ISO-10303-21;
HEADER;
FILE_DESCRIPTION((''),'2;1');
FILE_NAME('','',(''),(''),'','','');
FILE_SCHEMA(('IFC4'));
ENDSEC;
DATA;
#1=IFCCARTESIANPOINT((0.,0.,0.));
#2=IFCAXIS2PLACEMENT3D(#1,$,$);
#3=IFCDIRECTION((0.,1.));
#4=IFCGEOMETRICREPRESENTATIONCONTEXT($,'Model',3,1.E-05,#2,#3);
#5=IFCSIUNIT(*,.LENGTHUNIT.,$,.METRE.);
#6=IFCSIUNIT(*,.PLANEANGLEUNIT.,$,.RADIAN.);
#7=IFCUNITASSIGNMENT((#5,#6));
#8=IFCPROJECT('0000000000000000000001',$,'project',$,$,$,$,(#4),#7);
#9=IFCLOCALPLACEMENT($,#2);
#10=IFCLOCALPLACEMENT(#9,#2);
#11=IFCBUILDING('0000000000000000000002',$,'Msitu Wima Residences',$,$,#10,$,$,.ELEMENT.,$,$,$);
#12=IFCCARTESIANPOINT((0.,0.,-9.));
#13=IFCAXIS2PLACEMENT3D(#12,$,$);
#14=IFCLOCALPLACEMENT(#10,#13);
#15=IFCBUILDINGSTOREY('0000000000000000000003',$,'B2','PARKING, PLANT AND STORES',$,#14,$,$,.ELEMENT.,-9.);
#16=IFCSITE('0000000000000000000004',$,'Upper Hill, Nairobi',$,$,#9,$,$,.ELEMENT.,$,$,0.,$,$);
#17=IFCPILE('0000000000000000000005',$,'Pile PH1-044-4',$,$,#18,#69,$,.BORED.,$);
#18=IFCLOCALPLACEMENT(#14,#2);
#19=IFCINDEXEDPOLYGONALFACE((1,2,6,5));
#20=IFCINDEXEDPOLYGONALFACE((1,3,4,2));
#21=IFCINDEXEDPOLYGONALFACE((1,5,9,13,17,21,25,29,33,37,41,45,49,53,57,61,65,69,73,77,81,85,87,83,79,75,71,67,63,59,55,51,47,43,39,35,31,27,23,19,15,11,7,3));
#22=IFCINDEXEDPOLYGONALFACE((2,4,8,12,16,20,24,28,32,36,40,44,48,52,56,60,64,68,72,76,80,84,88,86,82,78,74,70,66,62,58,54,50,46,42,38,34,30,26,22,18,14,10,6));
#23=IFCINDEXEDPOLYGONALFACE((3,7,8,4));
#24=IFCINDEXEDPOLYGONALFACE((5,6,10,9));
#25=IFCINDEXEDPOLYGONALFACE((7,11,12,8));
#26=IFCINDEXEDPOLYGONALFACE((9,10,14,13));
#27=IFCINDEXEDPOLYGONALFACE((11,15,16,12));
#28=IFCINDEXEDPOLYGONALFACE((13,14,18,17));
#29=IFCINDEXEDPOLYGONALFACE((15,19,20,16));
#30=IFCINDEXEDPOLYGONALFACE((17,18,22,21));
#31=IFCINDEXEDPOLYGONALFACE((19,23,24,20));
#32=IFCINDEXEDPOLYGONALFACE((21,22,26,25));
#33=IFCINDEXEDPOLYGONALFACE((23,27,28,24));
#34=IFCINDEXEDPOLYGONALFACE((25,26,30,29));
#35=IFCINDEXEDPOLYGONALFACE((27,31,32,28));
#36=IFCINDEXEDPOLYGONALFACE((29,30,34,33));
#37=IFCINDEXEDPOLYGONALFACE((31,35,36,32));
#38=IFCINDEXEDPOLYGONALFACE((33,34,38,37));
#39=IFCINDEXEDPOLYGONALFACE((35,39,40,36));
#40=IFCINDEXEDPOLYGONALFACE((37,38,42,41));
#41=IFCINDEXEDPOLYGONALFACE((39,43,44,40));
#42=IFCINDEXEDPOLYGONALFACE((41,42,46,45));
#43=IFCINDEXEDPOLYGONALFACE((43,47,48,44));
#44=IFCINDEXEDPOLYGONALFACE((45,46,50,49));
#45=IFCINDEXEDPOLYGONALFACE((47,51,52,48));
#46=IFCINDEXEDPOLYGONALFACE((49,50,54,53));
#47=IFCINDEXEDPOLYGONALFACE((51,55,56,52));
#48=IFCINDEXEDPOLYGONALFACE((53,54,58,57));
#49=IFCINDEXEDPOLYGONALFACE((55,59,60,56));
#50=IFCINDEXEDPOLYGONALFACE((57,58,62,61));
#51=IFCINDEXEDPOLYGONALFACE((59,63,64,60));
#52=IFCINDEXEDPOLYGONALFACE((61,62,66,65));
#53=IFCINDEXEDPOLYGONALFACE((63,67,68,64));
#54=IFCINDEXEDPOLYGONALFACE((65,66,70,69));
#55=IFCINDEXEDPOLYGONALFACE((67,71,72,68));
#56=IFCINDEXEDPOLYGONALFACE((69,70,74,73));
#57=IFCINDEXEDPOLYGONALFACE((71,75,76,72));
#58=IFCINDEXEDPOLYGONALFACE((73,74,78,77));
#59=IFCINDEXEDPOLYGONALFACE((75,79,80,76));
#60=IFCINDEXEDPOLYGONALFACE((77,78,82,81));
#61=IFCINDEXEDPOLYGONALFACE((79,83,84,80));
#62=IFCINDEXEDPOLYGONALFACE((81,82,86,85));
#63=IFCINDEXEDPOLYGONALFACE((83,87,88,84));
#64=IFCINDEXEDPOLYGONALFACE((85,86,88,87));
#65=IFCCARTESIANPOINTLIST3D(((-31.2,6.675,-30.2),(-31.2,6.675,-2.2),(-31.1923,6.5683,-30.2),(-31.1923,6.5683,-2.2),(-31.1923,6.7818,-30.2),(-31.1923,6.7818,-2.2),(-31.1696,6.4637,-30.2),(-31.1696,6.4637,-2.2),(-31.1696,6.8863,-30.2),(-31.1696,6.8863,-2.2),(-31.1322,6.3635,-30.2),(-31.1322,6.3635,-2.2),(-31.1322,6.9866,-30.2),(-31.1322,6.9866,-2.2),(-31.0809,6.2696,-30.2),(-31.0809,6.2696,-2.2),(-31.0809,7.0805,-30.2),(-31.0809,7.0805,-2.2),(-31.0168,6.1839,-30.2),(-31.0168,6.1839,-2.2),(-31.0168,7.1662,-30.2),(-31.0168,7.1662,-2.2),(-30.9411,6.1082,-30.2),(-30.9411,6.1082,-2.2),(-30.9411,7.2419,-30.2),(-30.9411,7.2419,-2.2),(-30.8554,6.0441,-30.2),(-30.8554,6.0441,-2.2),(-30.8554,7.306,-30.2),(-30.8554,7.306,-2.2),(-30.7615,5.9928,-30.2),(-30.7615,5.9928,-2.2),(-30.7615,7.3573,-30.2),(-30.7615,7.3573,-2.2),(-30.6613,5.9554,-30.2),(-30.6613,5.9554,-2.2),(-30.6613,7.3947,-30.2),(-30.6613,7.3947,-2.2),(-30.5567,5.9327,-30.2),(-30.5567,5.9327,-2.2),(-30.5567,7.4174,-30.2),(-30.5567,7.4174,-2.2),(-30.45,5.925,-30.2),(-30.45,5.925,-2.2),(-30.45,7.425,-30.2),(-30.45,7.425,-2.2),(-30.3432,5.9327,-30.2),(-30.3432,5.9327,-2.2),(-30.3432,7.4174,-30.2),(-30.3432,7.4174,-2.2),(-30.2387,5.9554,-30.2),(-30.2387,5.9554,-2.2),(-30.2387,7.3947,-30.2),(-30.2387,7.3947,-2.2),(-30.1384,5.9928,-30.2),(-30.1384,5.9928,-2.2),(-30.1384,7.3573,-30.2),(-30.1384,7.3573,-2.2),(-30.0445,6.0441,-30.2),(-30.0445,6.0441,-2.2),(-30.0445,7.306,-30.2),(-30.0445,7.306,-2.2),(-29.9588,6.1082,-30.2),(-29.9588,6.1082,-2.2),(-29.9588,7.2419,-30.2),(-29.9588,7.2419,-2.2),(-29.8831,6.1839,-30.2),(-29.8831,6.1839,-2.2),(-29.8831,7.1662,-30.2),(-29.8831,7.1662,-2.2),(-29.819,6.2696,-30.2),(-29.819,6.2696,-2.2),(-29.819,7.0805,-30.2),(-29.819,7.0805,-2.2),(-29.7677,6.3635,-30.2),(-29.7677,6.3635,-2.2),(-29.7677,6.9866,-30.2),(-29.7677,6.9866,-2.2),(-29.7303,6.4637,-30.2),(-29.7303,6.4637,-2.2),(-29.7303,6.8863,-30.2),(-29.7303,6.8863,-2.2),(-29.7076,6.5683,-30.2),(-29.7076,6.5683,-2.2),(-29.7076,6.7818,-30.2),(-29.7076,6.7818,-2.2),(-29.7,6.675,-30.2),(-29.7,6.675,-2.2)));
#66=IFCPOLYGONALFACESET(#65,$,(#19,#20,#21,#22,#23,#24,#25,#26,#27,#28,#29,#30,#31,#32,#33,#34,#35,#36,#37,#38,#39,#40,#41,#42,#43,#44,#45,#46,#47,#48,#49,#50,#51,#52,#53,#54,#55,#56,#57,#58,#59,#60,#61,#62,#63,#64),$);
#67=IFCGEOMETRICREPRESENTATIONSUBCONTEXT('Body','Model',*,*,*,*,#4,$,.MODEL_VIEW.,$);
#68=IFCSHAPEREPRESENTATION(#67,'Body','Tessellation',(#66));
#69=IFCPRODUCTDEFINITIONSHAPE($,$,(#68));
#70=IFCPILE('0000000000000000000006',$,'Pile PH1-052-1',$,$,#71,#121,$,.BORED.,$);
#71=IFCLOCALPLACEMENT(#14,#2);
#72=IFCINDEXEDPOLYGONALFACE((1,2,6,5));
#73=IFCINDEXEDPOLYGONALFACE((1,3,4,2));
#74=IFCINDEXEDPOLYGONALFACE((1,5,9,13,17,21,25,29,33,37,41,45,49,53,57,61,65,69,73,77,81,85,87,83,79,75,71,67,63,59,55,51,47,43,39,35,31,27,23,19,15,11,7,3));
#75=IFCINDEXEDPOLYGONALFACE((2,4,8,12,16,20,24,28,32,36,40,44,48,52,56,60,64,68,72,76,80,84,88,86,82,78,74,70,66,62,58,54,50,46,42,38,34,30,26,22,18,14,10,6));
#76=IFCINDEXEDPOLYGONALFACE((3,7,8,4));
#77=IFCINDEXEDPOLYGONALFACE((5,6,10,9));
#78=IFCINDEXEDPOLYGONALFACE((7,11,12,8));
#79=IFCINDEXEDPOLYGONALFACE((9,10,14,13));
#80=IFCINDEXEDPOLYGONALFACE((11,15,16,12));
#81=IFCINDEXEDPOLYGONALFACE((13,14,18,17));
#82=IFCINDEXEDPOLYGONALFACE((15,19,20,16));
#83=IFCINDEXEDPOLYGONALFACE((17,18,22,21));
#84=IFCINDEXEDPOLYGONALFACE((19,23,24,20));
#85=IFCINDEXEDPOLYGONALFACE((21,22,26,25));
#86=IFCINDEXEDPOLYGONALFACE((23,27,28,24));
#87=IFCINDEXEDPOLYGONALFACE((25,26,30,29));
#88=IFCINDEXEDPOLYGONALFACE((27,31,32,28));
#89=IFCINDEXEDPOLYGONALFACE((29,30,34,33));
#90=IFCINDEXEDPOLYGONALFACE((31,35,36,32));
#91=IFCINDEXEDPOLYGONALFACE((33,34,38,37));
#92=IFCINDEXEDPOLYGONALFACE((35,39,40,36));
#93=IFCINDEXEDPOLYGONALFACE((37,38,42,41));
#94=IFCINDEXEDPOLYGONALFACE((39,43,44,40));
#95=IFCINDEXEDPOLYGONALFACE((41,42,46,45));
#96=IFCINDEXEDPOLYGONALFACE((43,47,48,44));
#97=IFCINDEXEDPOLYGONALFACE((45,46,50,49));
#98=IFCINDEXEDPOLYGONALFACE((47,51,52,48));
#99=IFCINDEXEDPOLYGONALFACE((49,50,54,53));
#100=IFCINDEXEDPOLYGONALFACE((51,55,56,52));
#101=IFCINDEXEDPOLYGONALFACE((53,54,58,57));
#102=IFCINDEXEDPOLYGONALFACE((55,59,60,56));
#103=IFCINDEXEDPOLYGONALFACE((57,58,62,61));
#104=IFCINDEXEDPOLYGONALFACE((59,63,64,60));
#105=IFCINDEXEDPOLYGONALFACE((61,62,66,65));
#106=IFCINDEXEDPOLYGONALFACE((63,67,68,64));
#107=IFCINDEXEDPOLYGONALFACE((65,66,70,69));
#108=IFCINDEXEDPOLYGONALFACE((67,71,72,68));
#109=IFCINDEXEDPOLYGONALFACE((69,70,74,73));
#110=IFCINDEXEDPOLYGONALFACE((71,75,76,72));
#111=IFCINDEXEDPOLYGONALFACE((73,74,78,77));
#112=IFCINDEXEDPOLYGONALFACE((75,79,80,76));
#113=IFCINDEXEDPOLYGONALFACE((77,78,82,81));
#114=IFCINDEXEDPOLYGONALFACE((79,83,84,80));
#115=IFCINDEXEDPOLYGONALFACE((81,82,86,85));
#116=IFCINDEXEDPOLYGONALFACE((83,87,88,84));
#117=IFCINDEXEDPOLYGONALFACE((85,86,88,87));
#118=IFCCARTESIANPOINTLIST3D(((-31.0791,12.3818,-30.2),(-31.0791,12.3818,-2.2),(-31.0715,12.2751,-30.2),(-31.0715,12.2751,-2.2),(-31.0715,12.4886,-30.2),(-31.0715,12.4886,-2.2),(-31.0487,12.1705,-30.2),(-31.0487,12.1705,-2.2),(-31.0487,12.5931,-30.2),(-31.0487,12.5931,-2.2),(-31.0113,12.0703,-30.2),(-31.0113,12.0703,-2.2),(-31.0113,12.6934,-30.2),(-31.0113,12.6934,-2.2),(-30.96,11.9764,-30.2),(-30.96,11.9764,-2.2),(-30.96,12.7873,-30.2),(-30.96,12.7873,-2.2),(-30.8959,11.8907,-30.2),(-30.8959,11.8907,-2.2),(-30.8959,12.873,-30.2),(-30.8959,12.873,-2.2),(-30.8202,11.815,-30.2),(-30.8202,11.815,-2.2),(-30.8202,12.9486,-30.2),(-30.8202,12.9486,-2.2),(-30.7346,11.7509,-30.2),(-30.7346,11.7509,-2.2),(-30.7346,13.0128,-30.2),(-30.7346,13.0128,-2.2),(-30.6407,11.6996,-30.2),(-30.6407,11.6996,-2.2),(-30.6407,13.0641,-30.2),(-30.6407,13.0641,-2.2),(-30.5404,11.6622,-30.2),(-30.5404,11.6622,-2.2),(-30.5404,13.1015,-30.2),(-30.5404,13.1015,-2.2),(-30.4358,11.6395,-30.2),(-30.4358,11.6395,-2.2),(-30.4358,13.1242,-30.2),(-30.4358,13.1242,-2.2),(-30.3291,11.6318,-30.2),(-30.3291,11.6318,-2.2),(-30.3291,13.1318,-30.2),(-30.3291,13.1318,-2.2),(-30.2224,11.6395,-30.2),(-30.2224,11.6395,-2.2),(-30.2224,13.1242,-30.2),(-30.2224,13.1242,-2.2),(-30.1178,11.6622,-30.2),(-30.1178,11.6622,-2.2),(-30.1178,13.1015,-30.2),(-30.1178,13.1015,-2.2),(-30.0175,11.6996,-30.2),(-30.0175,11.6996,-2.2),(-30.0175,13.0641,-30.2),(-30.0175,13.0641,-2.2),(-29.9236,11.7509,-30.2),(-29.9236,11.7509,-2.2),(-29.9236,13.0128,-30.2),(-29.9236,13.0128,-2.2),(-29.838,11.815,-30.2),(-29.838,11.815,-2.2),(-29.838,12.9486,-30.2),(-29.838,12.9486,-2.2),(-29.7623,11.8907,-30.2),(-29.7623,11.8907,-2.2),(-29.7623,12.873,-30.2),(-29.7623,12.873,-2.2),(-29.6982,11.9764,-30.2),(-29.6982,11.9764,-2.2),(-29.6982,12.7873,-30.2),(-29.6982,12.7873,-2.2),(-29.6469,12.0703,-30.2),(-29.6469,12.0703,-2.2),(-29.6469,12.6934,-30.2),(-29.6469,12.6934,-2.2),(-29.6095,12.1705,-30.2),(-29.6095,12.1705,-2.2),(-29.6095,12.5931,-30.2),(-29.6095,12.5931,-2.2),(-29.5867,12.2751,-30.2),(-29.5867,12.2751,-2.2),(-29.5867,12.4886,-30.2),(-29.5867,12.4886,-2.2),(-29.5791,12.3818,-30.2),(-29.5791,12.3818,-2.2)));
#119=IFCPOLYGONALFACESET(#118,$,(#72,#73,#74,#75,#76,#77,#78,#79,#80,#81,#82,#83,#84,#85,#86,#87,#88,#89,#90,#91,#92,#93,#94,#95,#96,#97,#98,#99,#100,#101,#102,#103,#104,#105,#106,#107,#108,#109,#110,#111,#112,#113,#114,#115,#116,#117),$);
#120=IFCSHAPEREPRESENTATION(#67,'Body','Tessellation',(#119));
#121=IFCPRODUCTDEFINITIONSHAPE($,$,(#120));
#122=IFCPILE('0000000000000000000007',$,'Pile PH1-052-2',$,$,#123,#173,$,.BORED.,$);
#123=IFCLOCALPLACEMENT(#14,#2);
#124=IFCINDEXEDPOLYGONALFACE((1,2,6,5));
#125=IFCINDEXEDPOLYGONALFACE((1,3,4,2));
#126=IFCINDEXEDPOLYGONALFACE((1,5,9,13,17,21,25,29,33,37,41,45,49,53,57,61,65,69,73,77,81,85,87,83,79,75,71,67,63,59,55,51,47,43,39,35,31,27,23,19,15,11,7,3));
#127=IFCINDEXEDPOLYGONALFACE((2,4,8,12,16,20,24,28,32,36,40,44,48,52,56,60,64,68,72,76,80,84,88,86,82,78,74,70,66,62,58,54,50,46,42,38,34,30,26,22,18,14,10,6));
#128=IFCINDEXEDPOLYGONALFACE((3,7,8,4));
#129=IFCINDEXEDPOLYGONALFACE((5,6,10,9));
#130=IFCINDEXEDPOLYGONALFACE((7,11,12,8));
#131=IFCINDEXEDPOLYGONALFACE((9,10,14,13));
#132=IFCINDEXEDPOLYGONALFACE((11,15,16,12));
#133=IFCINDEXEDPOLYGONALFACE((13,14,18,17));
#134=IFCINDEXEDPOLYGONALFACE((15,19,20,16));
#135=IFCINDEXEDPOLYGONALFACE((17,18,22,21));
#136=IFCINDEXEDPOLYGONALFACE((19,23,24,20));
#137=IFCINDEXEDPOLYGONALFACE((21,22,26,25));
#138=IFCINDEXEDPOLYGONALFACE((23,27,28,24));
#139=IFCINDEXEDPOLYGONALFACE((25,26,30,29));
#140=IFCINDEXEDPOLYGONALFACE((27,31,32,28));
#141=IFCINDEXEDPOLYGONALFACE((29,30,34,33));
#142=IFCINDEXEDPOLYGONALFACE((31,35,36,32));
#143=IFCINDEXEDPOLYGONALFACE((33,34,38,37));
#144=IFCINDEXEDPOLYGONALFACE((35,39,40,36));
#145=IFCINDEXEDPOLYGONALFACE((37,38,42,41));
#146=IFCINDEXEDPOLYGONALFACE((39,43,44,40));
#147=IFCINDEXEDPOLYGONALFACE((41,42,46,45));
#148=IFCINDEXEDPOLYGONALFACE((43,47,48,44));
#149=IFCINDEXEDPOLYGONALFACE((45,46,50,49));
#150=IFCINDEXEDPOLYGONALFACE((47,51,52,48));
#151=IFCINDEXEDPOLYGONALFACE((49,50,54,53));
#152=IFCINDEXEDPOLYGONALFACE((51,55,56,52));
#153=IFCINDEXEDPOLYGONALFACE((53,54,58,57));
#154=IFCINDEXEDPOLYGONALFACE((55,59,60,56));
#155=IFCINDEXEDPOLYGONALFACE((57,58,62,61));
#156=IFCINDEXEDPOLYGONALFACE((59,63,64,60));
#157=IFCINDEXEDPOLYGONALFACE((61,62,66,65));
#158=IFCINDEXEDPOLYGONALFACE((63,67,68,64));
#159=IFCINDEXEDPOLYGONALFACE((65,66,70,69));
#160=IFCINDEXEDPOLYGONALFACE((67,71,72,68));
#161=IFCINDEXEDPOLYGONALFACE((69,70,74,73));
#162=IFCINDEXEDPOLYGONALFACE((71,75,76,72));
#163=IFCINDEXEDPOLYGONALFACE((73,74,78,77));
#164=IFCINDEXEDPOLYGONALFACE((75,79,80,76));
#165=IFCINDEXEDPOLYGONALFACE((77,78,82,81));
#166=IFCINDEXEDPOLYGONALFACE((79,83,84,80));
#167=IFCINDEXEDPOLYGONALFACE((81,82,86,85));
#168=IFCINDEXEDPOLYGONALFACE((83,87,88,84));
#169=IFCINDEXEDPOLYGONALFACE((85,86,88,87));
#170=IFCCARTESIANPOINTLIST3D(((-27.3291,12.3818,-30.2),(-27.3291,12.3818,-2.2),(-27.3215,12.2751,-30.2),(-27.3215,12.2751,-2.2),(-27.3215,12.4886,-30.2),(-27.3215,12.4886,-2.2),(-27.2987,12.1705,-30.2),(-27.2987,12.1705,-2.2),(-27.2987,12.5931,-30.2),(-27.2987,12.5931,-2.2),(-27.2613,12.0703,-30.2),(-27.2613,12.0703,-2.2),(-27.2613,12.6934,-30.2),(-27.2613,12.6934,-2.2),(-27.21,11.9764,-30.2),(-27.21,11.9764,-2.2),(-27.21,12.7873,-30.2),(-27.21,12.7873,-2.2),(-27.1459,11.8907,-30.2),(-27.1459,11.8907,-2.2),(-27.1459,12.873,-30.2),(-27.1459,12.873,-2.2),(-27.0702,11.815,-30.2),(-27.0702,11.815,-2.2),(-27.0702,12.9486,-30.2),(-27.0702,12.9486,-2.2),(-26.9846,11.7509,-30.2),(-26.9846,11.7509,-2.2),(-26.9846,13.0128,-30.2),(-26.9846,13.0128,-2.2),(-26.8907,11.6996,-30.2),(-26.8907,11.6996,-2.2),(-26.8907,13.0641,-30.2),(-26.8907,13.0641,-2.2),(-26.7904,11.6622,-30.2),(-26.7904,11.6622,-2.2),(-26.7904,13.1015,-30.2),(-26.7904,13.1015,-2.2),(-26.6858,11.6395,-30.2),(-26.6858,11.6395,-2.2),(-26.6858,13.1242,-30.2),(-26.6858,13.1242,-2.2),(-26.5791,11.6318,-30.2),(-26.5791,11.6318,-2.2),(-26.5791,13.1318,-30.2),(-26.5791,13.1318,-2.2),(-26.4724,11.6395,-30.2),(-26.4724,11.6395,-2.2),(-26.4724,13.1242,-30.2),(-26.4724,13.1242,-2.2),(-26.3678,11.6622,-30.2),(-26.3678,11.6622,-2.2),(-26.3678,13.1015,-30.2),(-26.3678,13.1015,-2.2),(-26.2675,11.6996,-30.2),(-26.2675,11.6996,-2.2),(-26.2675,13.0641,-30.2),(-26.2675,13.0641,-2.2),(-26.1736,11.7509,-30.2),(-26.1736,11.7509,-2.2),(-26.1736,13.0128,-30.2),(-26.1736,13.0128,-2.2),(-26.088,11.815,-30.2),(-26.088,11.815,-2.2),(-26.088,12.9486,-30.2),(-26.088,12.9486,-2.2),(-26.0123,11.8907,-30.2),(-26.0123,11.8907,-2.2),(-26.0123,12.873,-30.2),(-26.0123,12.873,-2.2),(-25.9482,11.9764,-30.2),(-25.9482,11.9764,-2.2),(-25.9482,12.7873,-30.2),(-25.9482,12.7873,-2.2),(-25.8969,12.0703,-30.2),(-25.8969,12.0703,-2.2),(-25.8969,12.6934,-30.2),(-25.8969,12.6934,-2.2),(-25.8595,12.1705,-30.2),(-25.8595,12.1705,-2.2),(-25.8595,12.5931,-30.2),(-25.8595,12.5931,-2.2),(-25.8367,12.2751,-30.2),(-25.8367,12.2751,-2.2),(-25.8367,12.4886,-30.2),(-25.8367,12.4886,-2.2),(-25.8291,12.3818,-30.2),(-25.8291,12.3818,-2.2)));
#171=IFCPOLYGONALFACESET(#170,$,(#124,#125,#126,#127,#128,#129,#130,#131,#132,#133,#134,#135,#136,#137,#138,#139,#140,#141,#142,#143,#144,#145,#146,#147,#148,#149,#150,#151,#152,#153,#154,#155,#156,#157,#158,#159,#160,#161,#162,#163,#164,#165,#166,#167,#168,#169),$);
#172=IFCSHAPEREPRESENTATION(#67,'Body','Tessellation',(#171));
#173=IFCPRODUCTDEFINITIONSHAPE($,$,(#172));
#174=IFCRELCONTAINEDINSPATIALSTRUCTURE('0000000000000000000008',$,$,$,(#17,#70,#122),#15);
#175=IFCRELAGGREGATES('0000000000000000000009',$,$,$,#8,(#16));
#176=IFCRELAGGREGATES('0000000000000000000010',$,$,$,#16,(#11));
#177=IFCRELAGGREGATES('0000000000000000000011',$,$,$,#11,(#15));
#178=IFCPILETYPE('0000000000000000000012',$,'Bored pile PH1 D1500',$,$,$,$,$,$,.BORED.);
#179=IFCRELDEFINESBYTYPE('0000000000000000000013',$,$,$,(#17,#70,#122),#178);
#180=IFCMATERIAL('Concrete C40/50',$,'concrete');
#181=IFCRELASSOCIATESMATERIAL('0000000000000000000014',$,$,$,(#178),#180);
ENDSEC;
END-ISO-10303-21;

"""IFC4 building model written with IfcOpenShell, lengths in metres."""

from ifc_helpers import new_model, si_unit, direction, frame, origin, origin_2d, place, context, subcontext, project, spatial, circle, extrude, material, type_object, element, save


model = new_model("IFC4")

# Units and contexts
model_context = context("Model", 3, precision=1e-05, world=origin(), true_north=direction((0.0, 1.0)))
body_context = subcontext(model_context, "Body", "Model", "MODEL_VIEW")
ifc_project = project(units=[si_unit("LENGTHUNIT", "METRE"), si_unit("PLANEANGLEUNIT", "RADIAN")], contexts=[model_context])

# Site, building, storey
site_placement = place(None, origin())
site = spatial("IfcSite", under=ifc_project, at=site_placement, Name="Upper Hill, Nairobi", CompositionType="ELEMENT", RefElevation=0.0)
building_placement = place(site_placement, origin())
building = spatial("IfcBuilding", under=site, at=building_placement, Name="Msitu Wima Residences", CompositionType="ELEMENT")
storey_placement = place(building_placement, frame((0.0, 0.0, -9.0)))
storey = spatial("IfcBuildingStorey", under=building, at=storey_placement, Name="B2", Description="PARKING, PLANT AND STORES", CompositionType="ELEMENT", Elevation=-9.0)

# Piles
ifc_material_1 = material(Name="Concrete C40/50", Category="concrete")
pile_type_1 = type_object("IfcPileType", Name="Bored pile PH1 D1500", PredefinedType="BORED", material=ifc_material_1)
for number, where, z_axis, x_axis, name in (
    (1, (-30.45, 6.675, -2.2), (0.0, 0.0, -1.0), (1.0, 0.0, 0.0), "Pile PH1-044-4"),
    (2, (-30.3291, 12.3818, -2.2), (0.0, 0.0, -1.0), (1.0, 0.0, 0.0), "Pile PH1-052-1"),
    (3, (-26.5791, 12.3818, -2.2), (0.0, 0.0, -1.0), (1.0, 0.0, 0.0), "Pile PH1-052-2"),
):
    element("IfcPile", number, at=place(storey_placement, frame(where, z_axis=z_axis, x_axis=x_axis)), inside=storey, type_object=pile_type_1, Name=name, PredefinedType="BORED", context=body_context, shape_type="SweptSolid", body=[
        extrude(circle(Radius=0.75, at=origin_2d()), origin(), (0.0, 0.0, 1.0), 28.0),
    ])

save(model, "model.ifc")
